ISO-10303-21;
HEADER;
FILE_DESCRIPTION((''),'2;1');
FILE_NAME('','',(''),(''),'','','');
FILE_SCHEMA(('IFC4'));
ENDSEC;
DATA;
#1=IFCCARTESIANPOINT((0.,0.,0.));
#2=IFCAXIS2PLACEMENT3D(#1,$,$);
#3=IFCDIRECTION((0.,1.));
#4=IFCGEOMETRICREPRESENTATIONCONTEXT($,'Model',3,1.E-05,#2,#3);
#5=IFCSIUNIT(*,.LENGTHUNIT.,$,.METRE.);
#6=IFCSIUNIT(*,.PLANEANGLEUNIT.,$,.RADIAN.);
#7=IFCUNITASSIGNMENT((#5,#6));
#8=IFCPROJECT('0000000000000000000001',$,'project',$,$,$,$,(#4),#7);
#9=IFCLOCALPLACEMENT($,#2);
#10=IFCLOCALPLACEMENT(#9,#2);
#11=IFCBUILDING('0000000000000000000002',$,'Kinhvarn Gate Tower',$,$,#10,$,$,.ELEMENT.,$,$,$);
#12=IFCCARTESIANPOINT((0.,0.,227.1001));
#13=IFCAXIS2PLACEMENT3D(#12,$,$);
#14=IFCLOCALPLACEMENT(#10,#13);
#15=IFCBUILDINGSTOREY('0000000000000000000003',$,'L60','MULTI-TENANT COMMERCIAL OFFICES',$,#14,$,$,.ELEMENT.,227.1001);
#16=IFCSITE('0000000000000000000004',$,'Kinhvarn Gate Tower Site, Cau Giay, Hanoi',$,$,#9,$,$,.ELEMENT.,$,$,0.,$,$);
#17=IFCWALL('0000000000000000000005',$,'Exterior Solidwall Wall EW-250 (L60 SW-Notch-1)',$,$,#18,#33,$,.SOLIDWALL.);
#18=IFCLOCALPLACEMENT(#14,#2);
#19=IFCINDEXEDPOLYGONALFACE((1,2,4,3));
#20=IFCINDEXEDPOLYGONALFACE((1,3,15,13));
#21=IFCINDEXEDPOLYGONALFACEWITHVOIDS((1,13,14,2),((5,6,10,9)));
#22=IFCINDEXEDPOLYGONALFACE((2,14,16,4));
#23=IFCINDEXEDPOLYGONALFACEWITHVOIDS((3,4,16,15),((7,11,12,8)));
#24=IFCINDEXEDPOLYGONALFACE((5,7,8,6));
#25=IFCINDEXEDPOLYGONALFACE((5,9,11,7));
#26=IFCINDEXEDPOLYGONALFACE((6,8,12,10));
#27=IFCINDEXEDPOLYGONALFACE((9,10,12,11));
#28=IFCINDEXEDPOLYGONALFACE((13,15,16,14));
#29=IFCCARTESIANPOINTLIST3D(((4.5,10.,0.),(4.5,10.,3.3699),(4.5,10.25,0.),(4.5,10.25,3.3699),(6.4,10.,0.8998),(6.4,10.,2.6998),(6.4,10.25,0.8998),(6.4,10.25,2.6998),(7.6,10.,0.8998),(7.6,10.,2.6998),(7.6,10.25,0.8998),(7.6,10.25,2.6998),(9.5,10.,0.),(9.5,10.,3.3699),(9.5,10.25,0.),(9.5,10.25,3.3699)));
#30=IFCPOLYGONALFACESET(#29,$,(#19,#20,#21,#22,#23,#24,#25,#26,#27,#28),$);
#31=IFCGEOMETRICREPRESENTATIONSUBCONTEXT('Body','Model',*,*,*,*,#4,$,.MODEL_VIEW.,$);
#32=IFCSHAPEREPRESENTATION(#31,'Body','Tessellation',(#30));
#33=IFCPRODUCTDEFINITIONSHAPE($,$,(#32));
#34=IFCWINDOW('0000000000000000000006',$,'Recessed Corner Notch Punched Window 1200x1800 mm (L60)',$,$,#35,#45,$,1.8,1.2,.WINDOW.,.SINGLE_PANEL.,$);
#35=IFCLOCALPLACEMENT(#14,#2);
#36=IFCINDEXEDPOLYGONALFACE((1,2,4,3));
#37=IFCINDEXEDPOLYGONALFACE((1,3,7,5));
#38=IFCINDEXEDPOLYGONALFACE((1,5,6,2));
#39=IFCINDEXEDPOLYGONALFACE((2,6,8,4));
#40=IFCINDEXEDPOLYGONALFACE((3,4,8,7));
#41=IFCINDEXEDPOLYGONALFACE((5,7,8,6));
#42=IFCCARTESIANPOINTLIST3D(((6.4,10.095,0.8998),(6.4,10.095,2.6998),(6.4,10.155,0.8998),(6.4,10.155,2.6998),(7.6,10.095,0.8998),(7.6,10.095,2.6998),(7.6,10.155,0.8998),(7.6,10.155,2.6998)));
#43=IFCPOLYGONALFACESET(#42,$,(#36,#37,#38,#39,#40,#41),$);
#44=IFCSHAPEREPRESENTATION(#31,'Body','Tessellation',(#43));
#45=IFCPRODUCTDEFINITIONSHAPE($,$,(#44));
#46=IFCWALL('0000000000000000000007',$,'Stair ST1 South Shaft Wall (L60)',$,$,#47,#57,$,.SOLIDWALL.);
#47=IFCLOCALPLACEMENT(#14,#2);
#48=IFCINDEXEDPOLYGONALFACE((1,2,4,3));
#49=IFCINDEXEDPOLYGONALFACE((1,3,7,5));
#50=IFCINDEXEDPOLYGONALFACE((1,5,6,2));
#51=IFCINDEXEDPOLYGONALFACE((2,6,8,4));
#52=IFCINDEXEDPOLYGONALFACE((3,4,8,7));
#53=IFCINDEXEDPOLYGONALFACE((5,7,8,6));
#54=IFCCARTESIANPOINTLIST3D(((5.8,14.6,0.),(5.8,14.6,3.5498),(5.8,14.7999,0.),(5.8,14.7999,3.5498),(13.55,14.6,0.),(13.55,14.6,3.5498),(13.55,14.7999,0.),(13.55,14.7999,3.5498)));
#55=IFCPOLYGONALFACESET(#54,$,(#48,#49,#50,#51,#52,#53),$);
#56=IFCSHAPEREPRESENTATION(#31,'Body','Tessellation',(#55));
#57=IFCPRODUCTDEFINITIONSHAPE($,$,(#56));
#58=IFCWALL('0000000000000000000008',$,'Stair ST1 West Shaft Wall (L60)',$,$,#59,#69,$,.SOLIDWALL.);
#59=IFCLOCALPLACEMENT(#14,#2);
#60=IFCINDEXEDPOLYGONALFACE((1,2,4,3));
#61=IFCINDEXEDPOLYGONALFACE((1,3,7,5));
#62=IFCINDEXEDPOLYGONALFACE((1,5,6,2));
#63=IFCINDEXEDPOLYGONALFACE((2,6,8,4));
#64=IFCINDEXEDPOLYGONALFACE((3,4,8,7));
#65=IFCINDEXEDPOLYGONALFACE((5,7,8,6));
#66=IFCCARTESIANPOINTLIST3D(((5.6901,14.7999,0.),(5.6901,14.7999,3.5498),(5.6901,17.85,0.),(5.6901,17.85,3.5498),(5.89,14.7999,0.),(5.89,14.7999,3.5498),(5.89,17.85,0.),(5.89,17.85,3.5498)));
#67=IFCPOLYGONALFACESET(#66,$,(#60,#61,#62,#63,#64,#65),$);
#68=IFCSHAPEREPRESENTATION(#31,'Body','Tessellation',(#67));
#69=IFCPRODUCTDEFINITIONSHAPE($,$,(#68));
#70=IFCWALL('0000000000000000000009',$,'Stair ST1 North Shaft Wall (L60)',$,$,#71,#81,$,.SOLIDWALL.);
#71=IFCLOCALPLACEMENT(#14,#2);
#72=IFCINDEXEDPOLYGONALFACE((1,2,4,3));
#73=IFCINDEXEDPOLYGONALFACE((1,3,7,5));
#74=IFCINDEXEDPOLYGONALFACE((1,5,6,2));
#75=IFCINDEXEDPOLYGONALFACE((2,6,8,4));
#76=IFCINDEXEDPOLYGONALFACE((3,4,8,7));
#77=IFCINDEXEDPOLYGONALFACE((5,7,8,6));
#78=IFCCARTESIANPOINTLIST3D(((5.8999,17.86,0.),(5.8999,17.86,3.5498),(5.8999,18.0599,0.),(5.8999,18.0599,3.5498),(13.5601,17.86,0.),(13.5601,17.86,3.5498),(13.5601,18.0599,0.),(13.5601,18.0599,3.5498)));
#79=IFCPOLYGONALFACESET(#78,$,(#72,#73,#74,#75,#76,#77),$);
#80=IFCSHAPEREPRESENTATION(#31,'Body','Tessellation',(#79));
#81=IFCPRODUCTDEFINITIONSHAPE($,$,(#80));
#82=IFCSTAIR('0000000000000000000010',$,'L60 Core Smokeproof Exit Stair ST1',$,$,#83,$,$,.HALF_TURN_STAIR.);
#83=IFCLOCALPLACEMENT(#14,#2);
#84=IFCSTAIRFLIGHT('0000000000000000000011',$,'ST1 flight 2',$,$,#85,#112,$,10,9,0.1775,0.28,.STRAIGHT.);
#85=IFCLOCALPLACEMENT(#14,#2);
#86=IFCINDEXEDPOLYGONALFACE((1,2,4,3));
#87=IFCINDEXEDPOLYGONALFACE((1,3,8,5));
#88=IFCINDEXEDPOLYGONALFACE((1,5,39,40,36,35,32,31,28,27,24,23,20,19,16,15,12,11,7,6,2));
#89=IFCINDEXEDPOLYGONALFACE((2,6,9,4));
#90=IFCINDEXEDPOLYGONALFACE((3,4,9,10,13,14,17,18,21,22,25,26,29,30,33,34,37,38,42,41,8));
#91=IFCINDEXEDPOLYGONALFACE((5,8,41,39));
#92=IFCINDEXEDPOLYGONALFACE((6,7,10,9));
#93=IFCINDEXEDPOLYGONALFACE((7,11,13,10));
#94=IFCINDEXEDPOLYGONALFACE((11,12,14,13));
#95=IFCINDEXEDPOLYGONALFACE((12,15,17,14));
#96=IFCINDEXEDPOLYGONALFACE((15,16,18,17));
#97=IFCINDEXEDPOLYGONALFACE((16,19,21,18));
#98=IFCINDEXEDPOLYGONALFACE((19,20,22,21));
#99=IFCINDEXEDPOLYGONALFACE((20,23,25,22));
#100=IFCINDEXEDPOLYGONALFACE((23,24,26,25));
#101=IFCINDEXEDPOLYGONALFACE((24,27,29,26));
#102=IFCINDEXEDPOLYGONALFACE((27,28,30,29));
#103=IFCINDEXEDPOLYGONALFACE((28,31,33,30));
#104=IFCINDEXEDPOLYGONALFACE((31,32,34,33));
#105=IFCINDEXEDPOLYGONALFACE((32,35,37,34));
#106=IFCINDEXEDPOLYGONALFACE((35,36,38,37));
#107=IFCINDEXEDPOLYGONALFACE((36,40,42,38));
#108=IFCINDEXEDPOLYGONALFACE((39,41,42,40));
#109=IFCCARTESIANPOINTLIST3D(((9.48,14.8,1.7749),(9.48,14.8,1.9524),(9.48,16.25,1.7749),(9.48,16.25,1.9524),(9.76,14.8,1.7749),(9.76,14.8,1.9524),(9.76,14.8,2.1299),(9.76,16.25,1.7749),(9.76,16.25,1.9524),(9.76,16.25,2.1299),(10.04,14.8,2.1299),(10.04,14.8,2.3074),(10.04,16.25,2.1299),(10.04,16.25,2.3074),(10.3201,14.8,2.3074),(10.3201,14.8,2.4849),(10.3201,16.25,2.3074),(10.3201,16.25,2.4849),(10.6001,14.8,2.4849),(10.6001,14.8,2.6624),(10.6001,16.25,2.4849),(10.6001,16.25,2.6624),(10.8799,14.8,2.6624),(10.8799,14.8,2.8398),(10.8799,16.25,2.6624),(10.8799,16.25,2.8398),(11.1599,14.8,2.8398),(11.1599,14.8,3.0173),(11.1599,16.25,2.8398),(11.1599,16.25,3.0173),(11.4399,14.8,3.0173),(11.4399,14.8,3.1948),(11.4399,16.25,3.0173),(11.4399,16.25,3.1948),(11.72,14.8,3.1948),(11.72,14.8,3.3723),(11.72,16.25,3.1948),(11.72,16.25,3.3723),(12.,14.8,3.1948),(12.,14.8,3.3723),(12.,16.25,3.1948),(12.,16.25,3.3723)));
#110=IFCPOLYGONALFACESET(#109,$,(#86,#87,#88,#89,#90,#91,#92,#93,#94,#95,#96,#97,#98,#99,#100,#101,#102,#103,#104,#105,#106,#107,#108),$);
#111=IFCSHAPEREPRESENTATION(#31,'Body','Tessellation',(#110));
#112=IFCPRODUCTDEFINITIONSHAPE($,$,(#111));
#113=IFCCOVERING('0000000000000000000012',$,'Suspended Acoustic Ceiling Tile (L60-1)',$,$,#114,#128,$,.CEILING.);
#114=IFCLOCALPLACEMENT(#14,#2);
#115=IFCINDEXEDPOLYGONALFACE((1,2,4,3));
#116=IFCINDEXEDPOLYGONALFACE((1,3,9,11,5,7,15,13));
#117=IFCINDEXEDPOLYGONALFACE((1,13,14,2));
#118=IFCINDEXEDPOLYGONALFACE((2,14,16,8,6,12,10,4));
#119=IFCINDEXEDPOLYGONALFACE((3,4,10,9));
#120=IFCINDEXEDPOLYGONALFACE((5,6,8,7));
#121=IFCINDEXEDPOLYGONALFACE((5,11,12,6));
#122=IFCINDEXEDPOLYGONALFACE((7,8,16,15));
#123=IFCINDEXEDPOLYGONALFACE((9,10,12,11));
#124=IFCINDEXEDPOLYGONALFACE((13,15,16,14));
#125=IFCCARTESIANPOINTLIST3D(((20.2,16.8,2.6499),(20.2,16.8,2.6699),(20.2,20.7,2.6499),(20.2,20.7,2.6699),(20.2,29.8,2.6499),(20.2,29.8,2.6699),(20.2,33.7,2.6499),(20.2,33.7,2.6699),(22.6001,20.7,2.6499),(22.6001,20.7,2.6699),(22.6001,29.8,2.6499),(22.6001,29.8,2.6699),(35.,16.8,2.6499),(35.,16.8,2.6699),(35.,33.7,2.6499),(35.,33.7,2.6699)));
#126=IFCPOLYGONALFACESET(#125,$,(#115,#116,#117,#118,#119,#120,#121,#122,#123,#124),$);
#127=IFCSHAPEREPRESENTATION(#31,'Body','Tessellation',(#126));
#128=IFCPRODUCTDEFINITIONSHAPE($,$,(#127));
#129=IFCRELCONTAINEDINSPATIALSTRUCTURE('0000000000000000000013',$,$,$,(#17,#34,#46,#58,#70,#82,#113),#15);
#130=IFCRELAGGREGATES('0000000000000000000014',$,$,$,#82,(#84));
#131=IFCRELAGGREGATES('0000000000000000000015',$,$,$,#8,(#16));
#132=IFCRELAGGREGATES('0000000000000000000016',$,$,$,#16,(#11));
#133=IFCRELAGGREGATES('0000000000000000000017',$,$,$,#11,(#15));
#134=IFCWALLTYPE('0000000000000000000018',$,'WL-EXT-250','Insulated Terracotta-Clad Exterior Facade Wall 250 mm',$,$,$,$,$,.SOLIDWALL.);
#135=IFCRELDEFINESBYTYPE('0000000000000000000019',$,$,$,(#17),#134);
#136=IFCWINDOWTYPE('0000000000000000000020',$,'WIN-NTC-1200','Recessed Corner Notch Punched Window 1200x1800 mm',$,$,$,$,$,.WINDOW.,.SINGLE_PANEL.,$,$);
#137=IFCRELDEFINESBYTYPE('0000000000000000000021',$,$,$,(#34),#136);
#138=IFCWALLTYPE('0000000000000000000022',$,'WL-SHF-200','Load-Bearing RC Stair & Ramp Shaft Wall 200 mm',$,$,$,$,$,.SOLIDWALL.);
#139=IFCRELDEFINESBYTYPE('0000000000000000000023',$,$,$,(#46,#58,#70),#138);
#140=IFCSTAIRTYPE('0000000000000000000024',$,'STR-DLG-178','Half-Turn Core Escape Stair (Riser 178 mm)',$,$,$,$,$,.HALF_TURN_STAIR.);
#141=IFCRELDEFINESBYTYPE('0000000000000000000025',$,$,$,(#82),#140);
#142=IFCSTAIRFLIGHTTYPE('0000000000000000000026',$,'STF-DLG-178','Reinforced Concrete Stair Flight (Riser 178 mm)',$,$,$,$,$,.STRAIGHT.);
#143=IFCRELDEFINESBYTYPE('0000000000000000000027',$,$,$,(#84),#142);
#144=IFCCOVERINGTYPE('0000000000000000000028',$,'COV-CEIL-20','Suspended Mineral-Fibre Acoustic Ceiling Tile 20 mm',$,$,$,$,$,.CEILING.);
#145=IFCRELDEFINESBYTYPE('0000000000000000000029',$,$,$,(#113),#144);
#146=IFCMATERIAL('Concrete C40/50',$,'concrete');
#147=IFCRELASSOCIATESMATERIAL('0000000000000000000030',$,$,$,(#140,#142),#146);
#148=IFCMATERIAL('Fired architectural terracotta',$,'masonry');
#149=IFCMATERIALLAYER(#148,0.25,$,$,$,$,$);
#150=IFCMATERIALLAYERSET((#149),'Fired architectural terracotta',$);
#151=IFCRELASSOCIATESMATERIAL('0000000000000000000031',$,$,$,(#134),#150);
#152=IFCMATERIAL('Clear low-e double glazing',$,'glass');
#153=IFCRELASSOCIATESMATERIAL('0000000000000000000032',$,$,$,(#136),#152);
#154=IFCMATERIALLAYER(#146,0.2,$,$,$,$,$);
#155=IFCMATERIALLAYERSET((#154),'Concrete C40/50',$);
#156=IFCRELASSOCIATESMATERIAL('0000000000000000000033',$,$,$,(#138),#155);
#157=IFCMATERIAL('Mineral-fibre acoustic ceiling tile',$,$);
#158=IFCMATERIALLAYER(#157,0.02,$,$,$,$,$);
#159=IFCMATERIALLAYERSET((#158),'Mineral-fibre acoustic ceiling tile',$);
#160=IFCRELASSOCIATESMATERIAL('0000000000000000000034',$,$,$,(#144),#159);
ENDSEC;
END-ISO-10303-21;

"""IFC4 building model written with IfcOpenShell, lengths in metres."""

from ifc_helpers import new_model, si_unit, direction, frame, frame_2d, origin, place, context, subcontext, project, spatial, polyline, rectangle, outline, extrude, material, layer, layer_set, type_object, element, fill, aggregate, save


model = new_model("IFC4")

# Units and contexts
model_context = context("Model", 3, precision=1e-05, world=origin(), true_north=direction((0.0, 1.0)))
body_context = subcontext(model_context, "Body", "Model", "MODEL_VIEW")
ifc_project = project(units=[si_unit("LENGTHUNIT", "METRE"), si_unit("PLANEANGLEUNIT", "RADIAN")], contexts=[model_context])

# Site, building, storey
site_placement = place(None, origin())
site = spatial("IfcSite", under=ifc_project, at=site_placement, Name="Kinhvarn Gate Tower Site, Cau Giay, Hanoi", CompositionType="ELEMENT", RefElevation=0.0)
building_placement = place(site_placement, origin())
building = spatial("IfcBuilding", under=site, at=building_placement, Name="Kinhvarn Gate Tower", CompositionType="ELEMENT")
storey_placement = place(building_placement, frame((0.0, 0.0, 227.1001)))
storey = spatial("IfcBuildingStorey", under=building, at=storey_placement, Name="L60", Description="MULTI-TENANT COMMERCIAL OFFICES", CompositionType="ELEMENT", Elevation=227.1001)

# Shared definitions
ifc_material_1 = material(Name="Concrete C40/50", Category="concrete")
stair_type = type_object("IfcStairType", Name="STR-DLG-178", Description="Half-Turn Core Escape Stair (Riser 178 mm)", PredefinedType="HALF_TURN_STAIR", material=ifc_material_1)

# Wall, opening, window
ifc_material_2 = material(Name="Fired architectural terracotta", Category="masonry")
ifc_layer_1 = layer(ifc_material_2, 0.25)
ifc_layer_set_1 = layer_set([ifc_layer_1], Name="Fired architectural terracotta")
wall_type_1 = type_object("IfcWallType", Name="WL-EXT-250", Description="Insulated Terracotta-Clad Exterior Facade Wall 250 mm", PredefinedType="SOLIDWALL", material=ifc_layer_set_1)
ifc_material_3 = material(Name="Clear low-e double glazing", Category="glass")
wall_1_placement = place(storey_placement, frame((4.5, 10.125, 0.0), z_axis=(0.0, 0.0, 1.0), x_axis=(1.0, 0.0, 0.0)))
wall_1 = element("IfcWall", 1, at=wall_1_placement, inside=storey, type_object=wall_type_1, Name="Exterior Solidwall Wall EW-250 (L60 SW-Notch-1)", PredefinedType="SOLIDWALL", context=body_context, shape_type="SweptSolid", body=[
    extrude(rectangle(XDim=5.0, YDim=0.25, at=frame_2d((2.5, 0.0))), origin(), (0.0, 0.0, 1.0), 3.3699),
])
opening_1_placement = place(wall_1_placement, frame((1.8999, 0.0, 0.8999)))
opening_1 = element("IfcOpeningElement", 2, at=opening_1_placement, cuts=wall_1, PredefinedType="OPENING", context=body_context, shape_type="SweptSolid", body=[
    extrude(rectangle(XDim=1.2, YDim=1.8, at=frame_2d((0.6001, 0.8999))), frame((0.0, 0.135, 0.0), z_axis=(0.0, -1.0, 0.0), x_axis=(1.0, 0.0, 0.0)), (0.0, 0.0, 1.0), 0.27),
])
window_type_1 = type_object("IfcWindowType", Name="WIN-NTC-1200", Description="Recessed Corner Notch Punched Window 1200x1800 mm", PartitioningType="SINGLE_PANEL", PredefinedType="WINDOW", material=ifc_material_3)
window_1_placement = place(opening_1_placement, origin())
window_1 = element("IfcWindow", 3, at=window_1_placement, inside=storey, type_object=window_type_1, Name="Recessed Corner Notch Punched Window 1200x1800 mm (L60)", OverallHeight=1.8, OverallWidth=1.2, PartitioningType="SINGLE_PANEL", PredefinedType="WINDOW", context=body_context, shape_type="SweptSolid", body=[
    extrude(rectangle(XDim=1.2, YDim=1.8, at=frame_2d((0.6001, 0.8999))), frame((0.0, 0.03, 0.0), z_axis=(0.0, -1.0, 0.0), x_axis=(1.0, 0.0, 0.0)), (0.0, 0.0, 1.0), 0.0601),
])
fill(opening_1, window_1)

# Walls
ifc_layer_2 = layer(ifc_material_1, 0.2)
ifc_layer_set_2 = layer_set([ifc_layer_2], Name="Concrete C40/50")
wall_type_2 = type_object("IfcWallType", Name="WL-SHF-200", Description="Load-Bearing RC Stair & Ramp Shaft Wall 200 mm", PredefinedType="SOLIDWALL", material=ifc_layer_set_2)
wall_2_placement = place(storey_placement, frame((5.8, 14.7, 0.0), z_axis=(0.0, 0.0, 1.0), x_axis=(1.0, 0.0, 0.0)))
element("IfcWall", 4, at=wall_2_placement, inside=storey, type_object=wall_type_2, Name="Stair ST1 South Shaft Wall (L60)", PredefinedType="SOLIDWALL", context=body_context, shape_type="SweptSolid", body=[
    extrude(rectangle(XDim=7.75, YDim=0.2, at=frame_2d((3.875, 0.0))), origin(), (0.0, 0.0, 1.0), 3.5498),
])
wall_3_placement = place(storey_placement, frame((5.79, 14.8, 0.0), z_axis=(0.0, 0.0, 1.0), x_axis=(0.0, 1.0, 0.0)))
element("IfcWall", 5, at=wall_3_placement, inside=storey, type_object=wall_type_2, Name="Stair ST1 West Shaft Wall (L60)", PredefinedType="SOLIDWALL", context=body_context, shape_type="SweptSolid", body=[
    extrude(rectangle(XDim=3.05, YDim=0.2, at=frame_2d((1.5249, 0.0))), origin(), (0.0, 0.0, 1.0), 3.5498),
])
wall_4_placement = place(storey_placement, frame((5.8999, 17.96, 0.0), z_axis=(0.0, 0.0, 1.0), x_axis=(1.0, 0.0, 0.0)))
element("IfcWall", 6, at=wall_4_placement, inside=storey, type_object=wall_type_2, Name="Stair ST1 North Shaft Wall (L60)", PredefinedType="SOLIDWALL", context=body_context, shape_type="SweptSolid", body=[
    extrude(rectangle(XDim=7.6602, YDim=0.2, at=frame_2d((3.8301, 0.0))), origin(), (0.0, 0.0, 1.0), 3.5498),
])

# Stair, stair flight
stair_1_placement = place(storey_placement, origin())
stair_1 = element("IfcStair", 7, at=stair_1_placement, inside=storey, type_object=stair_type, Name="L60 Core Smokeproof Exit Stair ST1", PredefinedType="HALF_TURN_STAIR")
stair_flight_type = type_object("IfcStairFlightType", Name="STF-DLG-178", Description="Reinforced Concrete Stair Flight (Riser 178 mm)", PredefinedType="STRAIGHT", material=ifc_material_1)
stair_flight_placement = place(storey_placement, frame((9.48, 15.5249, 1.7749), z_axis=(0.0, 0.0, 1.0), x_axis=(1.0, 0.0, 0.0)))
stair_flight = element("IfcStairFlight", 8, at=stair_flight_placement, type_object=stair_flight_type, Name="ST1 flight 2", NumberOfRisers=10, NumberOfTreads=9, PredefinedType="STRAIGHT", RiserHeight=0.1775, TreadLength=0.28, context=body_context, shape_type="SweptSolid", body=[
    extrude(outline(polyline([(0.0, 0.0), (0.0, 0.1775), (0.28, 0.1775), (0.28, 0.355), (0.5601, 0.355), (0.5601, 0.5325), (0.8401, 0.5325), (0.8401, 0.71), (1.1201, 0.71), (1.1201, 0.8875), (1.3999, 0.8875), (1.3999, 1.0649), (1.6799, 1.0649), (1.6799, 1.2424), (1.96, 1.2424), (1.96, 1.4199), (2.24, 1.4199), (2.24, 1.5974), (2.52, 1.5974), (2.52, 1.7749), (2.52, 1.4199), (0.28, 0.0), (0.0, 0.0)])), frame((0.0, 0.7251, 0.0), z_axis=(0.0, -1.0, 0.0), x_axis=(1.0, 0.0, 0.0)), (0.0, 0.0, 1.0), 1.45),
])
aggregate(stair_1, [stair_flight])

# Covering
ifc_material_4 = material(Name="Mineral-fibre acoustic ceiling tile")
ifc_layer_3 = layer(ifc_material_4, 0.02)
ifc_layer_set_3 = layer_set([ifc_layer_3], Name="Mineral-fibre acoustic ceiling tile")
covering_type = type_object("IfcCoveringType", Name="COV-CEIL-20", Description="Suspended Mineral-Fibre Acoustic Ceiling Tile 20 mm", PredefinedType="CEILING", material=ifc_layer_set_3)
covering_placement = place(storey_placement, frame((0.0, 0.0, 2.6499)))
element("IfcCovering", 9, at=covering_placement, inside=storey, type_object=covering_type, Name="Suspended Acoustic Ceiling Tile (L60-1)", PredefinedType="CEILING", context=body_context, shape_type="SweptSolid", body=[
    extrude(outline(polyline([(35.0, 33.7), (35.0, 16.8), (20.2, 16.8), (20.2, 20.7), (22.6001, 20.7), (22.6001, 29.8), (20.2, 29.8), (20.2, 33.7), (35.0, 33.7)])), origin(), (0.0, 0.0, 1.0), 0.02),
])

save(model, "model.ifc")
